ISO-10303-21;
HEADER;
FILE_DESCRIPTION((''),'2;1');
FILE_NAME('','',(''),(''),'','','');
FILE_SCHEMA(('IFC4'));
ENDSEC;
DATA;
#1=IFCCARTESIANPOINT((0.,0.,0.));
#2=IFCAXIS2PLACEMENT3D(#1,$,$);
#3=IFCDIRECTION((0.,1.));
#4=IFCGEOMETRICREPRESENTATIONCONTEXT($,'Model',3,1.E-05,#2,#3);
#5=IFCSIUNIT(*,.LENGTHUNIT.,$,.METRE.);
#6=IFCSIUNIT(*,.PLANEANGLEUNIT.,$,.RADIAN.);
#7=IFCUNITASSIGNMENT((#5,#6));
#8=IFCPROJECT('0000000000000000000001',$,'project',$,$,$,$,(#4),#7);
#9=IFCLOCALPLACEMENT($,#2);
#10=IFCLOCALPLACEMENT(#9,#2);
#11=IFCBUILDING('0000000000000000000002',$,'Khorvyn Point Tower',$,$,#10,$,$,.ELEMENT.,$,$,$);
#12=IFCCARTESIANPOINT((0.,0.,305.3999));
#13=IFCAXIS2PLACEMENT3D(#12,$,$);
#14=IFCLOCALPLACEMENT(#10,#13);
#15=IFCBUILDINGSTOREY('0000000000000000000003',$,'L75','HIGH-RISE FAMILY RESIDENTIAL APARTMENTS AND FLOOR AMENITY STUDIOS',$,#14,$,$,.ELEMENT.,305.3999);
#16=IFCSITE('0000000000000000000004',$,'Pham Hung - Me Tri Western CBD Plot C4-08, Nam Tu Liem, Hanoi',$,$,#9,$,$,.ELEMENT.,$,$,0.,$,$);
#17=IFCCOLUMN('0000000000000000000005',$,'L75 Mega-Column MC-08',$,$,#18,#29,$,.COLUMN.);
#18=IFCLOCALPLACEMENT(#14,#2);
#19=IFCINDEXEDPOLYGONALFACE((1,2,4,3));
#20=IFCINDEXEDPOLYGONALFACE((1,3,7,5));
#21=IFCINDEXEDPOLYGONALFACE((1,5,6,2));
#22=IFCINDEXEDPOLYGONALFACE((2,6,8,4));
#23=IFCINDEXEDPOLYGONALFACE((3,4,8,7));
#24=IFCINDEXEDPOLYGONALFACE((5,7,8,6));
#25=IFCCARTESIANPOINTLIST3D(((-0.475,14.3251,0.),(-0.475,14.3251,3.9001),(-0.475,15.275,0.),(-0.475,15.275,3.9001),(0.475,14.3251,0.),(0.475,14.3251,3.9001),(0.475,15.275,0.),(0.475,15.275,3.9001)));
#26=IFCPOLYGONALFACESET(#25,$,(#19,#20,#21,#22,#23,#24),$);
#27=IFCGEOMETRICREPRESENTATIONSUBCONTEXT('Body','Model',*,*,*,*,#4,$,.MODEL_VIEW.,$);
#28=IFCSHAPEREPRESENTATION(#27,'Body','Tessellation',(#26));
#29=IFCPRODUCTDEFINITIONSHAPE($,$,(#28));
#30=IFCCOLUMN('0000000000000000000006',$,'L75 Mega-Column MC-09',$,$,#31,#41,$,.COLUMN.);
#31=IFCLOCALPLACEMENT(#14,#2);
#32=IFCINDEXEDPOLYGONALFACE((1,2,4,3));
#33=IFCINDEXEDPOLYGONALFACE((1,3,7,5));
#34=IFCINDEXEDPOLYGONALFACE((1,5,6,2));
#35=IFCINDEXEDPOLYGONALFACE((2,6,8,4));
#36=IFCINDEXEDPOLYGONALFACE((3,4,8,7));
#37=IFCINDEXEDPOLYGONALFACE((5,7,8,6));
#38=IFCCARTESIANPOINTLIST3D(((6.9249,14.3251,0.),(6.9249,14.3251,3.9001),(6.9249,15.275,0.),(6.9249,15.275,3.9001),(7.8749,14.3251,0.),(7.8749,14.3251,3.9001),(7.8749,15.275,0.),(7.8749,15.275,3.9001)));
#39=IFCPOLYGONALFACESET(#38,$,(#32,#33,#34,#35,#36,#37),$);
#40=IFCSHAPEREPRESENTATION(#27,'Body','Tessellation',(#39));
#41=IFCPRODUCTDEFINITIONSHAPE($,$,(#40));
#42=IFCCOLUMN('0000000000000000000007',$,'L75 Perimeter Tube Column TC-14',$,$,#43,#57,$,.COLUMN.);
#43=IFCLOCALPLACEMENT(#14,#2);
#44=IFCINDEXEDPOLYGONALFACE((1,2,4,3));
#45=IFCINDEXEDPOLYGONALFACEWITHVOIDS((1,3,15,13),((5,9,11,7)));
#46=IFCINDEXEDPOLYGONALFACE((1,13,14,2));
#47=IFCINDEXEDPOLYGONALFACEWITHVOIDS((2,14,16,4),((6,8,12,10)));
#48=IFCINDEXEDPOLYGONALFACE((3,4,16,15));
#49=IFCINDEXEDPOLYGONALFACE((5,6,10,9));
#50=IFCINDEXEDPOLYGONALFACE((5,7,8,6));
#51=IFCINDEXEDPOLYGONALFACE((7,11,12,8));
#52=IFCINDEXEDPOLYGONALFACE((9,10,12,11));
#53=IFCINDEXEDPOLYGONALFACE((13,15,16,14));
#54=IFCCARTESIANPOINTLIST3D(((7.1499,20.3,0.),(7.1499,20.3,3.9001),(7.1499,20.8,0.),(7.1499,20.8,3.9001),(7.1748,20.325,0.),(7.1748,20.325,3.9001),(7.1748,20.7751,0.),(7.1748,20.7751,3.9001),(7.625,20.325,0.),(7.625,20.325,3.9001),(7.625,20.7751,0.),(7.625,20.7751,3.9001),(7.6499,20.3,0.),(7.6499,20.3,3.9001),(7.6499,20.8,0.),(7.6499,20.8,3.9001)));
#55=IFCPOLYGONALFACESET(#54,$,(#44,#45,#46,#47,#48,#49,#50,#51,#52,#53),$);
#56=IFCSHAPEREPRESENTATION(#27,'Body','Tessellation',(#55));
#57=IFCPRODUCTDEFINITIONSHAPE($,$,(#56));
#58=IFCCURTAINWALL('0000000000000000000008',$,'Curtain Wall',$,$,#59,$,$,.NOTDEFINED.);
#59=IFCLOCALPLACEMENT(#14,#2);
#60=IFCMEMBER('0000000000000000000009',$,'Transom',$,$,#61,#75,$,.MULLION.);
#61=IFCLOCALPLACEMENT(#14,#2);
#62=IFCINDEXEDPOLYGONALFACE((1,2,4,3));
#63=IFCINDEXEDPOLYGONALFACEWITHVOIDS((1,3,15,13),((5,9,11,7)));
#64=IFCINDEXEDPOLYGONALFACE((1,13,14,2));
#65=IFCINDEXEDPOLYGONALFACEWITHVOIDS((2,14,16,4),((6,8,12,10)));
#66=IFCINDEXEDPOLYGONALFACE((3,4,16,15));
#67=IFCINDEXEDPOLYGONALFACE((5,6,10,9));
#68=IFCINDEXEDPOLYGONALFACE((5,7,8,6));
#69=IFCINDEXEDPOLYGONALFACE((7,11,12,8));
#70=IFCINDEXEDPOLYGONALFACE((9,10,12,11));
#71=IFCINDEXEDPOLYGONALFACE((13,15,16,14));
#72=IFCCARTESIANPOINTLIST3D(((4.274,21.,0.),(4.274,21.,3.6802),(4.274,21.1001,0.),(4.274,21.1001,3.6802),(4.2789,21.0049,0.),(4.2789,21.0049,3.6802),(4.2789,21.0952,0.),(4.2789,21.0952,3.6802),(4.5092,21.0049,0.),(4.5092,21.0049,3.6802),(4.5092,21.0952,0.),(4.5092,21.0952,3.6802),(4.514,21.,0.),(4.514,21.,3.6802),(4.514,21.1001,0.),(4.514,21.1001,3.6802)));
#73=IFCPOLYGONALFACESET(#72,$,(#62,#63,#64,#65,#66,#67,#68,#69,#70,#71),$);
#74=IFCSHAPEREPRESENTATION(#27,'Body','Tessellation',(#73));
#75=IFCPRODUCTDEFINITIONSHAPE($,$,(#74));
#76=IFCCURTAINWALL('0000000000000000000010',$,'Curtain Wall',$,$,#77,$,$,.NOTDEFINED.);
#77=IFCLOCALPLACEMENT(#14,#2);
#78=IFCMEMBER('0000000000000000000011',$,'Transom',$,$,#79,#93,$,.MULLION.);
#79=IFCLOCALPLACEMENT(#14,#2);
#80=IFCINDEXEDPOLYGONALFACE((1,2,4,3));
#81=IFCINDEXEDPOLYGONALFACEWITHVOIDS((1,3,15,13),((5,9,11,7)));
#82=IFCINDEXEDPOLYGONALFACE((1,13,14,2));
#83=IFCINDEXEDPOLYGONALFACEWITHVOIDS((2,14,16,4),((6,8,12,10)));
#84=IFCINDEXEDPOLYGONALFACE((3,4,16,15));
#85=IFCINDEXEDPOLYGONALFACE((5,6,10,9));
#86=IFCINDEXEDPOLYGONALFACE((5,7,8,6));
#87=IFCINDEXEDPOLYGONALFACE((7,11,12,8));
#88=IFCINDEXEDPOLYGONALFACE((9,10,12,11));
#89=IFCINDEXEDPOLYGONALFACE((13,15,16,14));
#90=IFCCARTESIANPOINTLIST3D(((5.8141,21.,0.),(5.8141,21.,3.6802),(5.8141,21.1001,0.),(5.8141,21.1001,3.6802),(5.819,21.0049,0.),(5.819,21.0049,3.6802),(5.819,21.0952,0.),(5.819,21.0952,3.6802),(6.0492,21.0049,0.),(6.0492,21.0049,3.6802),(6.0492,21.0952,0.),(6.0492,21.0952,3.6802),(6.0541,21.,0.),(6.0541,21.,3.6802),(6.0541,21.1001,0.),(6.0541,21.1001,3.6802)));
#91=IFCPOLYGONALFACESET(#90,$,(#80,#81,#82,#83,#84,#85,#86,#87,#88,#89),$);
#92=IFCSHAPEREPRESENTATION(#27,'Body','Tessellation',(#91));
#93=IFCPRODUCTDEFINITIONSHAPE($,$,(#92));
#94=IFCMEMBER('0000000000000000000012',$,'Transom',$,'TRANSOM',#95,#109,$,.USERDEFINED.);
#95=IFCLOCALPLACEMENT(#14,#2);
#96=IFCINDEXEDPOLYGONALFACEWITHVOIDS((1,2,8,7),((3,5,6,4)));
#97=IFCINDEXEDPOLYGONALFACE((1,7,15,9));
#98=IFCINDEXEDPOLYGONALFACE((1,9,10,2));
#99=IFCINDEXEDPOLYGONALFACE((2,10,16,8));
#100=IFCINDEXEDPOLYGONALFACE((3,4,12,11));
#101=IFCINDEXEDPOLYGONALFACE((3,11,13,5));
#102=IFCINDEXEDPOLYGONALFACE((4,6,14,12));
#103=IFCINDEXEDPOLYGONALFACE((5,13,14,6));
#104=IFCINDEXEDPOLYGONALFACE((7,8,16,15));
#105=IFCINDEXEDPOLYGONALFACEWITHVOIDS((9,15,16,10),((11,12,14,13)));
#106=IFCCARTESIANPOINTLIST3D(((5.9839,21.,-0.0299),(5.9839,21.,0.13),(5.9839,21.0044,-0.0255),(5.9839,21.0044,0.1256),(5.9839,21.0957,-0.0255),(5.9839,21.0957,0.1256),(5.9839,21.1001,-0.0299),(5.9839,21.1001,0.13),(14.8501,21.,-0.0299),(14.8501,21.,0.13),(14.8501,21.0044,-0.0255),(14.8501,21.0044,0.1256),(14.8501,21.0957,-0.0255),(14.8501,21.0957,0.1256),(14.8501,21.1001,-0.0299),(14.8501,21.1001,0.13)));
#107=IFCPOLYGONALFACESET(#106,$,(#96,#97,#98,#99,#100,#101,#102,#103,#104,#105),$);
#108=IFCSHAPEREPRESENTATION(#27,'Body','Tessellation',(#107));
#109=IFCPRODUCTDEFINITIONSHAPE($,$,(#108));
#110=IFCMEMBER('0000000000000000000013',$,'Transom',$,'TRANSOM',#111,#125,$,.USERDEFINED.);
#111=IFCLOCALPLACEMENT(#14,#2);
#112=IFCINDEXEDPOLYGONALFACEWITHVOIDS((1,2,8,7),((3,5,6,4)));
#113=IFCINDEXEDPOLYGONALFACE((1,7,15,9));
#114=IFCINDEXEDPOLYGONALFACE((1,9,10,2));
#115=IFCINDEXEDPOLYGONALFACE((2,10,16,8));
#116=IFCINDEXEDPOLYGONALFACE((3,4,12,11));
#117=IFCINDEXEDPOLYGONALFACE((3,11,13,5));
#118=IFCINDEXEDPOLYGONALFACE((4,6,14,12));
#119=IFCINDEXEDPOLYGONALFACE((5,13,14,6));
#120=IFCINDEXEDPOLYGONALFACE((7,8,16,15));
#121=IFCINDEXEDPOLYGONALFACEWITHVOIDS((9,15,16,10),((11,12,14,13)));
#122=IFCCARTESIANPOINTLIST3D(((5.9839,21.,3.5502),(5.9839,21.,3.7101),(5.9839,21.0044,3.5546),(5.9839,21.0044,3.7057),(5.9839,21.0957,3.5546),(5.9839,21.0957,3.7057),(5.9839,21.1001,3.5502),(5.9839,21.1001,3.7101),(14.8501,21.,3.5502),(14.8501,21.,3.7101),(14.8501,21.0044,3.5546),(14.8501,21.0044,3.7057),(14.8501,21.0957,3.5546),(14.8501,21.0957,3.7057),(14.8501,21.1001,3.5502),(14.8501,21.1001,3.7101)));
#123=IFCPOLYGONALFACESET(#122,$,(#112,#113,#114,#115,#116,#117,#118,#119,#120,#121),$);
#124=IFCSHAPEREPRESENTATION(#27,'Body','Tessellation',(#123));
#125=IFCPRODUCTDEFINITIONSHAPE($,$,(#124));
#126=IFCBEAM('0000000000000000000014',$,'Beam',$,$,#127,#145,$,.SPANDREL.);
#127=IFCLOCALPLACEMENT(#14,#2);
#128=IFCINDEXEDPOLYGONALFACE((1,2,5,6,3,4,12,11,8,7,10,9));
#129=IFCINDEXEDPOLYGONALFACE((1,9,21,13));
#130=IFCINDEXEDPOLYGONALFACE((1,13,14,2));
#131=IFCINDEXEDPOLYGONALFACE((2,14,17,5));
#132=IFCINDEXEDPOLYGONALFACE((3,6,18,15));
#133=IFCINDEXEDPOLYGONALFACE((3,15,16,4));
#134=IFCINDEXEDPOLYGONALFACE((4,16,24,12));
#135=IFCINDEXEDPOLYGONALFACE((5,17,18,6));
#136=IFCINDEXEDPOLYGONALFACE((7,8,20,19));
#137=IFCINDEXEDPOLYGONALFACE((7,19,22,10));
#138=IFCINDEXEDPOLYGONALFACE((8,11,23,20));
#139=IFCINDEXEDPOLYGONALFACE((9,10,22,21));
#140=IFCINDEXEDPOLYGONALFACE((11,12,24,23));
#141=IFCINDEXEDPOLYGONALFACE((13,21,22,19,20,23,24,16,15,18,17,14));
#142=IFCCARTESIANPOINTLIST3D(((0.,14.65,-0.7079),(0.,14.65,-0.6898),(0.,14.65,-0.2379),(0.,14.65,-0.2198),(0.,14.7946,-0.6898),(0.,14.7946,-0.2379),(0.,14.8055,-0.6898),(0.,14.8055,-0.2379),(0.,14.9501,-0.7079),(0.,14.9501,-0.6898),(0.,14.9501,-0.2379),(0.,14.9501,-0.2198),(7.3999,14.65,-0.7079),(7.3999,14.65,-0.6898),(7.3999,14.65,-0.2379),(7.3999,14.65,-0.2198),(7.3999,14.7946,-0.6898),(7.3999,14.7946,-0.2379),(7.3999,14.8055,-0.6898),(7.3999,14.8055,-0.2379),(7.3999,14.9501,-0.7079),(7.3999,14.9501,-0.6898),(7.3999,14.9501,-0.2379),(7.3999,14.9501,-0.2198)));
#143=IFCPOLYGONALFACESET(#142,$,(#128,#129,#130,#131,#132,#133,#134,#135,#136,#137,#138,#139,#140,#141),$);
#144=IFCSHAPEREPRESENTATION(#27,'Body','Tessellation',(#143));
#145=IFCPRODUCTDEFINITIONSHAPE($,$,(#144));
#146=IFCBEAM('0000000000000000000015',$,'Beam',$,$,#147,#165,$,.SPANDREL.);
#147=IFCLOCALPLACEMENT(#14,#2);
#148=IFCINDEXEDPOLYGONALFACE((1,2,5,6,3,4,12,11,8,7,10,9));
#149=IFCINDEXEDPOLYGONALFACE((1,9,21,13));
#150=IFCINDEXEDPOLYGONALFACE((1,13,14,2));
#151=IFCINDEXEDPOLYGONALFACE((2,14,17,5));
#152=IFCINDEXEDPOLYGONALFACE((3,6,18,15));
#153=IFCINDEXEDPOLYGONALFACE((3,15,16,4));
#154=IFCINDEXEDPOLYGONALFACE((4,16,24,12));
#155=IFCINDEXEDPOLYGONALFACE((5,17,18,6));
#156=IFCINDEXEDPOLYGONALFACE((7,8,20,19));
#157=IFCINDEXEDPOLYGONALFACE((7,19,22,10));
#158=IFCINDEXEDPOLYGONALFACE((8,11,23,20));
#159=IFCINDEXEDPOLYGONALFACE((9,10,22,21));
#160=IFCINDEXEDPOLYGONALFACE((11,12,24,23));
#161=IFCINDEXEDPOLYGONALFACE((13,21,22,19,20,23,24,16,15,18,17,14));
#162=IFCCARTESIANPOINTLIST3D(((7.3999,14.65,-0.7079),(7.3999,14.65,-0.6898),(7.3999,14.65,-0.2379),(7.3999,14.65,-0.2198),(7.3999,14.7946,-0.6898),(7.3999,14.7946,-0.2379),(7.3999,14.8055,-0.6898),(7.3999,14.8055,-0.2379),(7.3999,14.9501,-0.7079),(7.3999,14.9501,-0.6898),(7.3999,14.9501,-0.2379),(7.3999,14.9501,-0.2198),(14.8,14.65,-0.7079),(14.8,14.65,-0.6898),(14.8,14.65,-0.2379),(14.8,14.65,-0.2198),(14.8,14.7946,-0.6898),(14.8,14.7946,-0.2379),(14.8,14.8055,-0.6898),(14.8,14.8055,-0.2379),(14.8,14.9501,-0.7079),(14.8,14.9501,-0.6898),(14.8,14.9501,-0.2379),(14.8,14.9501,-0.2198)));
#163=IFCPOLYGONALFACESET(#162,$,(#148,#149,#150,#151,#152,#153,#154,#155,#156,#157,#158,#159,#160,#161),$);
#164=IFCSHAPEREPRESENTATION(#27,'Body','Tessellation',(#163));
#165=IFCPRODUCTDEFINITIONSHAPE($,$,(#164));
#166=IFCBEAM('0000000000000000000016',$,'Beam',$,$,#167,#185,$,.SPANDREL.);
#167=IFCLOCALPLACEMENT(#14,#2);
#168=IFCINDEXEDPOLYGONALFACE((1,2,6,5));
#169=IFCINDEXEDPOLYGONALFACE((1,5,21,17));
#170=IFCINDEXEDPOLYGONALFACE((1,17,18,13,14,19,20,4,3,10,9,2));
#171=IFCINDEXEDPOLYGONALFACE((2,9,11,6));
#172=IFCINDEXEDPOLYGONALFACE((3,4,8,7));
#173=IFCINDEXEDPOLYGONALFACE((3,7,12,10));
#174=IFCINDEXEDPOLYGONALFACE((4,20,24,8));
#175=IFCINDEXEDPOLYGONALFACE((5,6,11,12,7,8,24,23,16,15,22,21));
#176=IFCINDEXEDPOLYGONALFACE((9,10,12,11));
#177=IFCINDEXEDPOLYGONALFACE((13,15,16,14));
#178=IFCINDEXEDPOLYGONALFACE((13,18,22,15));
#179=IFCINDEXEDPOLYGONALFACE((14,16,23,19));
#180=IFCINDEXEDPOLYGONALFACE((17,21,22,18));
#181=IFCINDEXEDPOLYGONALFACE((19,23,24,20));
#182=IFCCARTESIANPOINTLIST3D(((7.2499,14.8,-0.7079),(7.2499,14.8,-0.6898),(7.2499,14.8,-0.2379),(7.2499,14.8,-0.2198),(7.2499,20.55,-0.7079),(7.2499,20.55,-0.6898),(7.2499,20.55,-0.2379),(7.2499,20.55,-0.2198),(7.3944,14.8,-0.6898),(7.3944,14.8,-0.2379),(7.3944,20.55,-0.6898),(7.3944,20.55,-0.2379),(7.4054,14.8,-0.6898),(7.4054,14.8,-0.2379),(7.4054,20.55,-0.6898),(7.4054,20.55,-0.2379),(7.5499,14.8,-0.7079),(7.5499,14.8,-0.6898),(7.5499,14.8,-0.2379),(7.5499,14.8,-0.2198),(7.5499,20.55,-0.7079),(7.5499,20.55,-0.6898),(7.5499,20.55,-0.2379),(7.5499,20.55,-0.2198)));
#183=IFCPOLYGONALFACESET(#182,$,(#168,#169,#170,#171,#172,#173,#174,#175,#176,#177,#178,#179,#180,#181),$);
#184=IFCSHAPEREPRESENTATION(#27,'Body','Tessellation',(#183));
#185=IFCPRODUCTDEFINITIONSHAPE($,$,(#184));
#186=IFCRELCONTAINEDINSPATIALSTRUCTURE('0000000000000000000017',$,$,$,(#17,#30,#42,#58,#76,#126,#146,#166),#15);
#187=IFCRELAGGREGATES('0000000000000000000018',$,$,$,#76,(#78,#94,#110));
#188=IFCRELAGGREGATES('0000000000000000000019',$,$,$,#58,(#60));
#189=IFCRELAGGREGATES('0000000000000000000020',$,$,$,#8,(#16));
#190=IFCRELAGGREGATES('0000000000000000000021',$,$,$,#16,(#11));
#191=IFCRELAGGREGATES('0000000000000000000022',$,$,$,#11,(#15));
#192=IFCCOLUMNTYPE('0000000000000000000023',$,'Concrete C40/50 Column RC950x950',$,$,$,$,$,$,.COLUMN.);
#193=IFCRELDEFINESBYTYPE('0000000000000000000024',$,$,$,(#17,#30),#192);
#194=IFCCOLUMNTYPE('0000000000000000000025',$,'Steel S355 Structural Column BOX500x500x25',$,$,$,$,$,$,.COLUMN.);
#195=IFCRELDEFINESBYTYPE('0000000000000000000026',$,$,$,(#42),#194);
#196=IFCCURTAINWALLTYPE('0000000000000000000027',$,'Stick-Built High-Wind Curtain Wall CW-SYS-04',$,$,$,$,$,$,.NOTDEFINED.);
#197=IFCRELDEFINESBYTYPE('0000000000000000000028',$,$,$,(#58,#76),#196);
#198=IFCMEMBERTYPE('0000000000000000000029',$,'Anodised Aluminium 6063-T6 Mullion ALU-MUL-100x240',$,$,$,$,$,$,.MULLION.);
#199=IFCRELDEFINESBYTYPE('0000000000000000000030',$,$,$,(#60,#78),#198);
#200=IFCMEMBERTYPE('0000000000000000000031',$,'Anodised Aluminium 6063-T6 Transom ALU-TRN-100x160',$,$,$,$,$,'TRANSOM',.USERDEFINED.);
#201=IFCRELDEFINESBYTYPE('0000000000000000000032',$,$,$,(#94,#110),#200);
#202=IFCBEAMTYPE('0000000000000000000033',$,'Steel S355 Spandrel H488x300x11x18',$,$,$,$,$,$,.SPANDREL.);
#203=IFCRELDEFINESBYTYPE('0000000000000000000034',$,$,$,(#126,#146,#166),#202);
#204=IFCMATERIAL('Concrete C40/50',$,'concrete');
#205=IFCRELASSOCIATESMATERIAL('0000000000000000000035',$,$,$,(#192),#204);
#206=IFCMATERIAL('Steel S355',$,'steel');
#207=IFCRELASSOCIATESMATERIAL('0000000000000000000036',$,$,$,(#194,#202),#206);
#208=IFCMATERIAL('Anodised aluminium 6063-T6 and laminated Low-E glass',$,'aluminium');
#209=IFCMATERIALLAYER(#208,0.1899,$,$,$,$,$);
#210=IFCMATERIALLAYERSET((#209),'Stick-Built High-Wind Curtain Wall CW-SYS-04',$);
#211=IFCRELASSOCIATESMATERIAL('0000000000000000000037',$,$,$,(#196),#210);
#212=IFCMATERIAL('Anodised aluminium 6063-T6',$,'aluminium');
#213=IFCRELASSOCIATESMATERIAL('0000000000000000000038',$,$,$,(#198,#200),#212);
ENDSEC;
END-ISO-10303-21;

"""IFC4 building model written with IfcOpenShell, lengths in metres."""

from ifc_helpers import new_model, si_unit, direction, frame, origin, origin_2d, place, context, subcontext, project, spatial, rectangle, hollow_rectangle, i_section, extrude, material, layer, layer_set, material_profile, profile_set, type_object, element, aggregate, save


model = new_model("IFC4")

# Units and contexts
model_context = context("Model", 3, precision=1e-05, world=origin(), true_north=direction((0.0, 1.0)))
body_context = subcontext(model_context, "Body", "Model", "MODEL_VIEW")
ifc_project = project(units=[si_unit("LENGTHUNIT", "METRE"), si_unit("PLANEANGLEUNIT", "RADIAN")], contexts=[model_context])

# Site, building, storey
site_placement = place(None, origin())
site = spatial("IfcSite", under=ifc_project, at=site_placement, Name="Pham Hung - Me Tri Western CBD Plot C4-08, Nam Tu Liem, Hanoi", CompositionType="ELEMENT", RefElevation=0.0)
building_placement = place(site_placement, origin())
building = spatial("IfcBuilding", under=site, at=building_placement, Name="Khorvyn Point Tower", CompositionType="ELEMENT")
storey_placement = place(building_placement, frame((0.0, 0.0, 305.3999)))
storey = spatial("IfcBuildingStorey", under=building, at=storey_placement, Name="L75", Description="HIGH-RISE FAMILY RESIDENTIAL APARTMENTS AND FLOOR AMENITY STUDIOS", CompositionType="ELEMENT", Elevation=305.3999)

# Columns
ifc_material_1 = material(Name="Concrete C40/50", Category="concrete")
ifc_material_profile_1 = material_profile(ifc_material_1, rectangle(XDim=0.95, YDim=0.95, at=origin_2d()))
ifc_profile_set_1 = profile_set([ifc_material_profile_1], Name="Concrete C40/50 RC950x950")
column_type_1 = type_object("IfcColumnType", Name="Concrete C40/50 Column RC950x950", PredefinedType="COLUMN", material=ifc_profile_set_1)
for number, where, z_axis, x_axis, name in (
    (1, (0.0, 14.8, 0.0), (0.0, 0.0, 1.0), (1.0, 0.0, 0.0), "L75 Mega-Column MC-08"),
    (2, (7.3999, 14.8, 0.0), (0.0, 0.0, 1.0), (1.0, 0.0, 0.0), "L75 Mega-Column MC-09"),
):
    element("IfcColumn", number, at=place(storey_placement, frame(where, z_axis=z_axis, x_axis=x_axis)), inside=storey, type_object=column_type_1, Name=name, PredefinedType="COLUMN", context=body_context, shape_type="SweptSolid", body=[
        extrude(rectangle(XDim=0.95, YDim=0.95, at=origin_2d()), origin(), (0.0, 0.0, 1.0), 3.9001),
    ])
ifc_material_2 = material(Name="Steel S355", Category="steel")
ifc_material_profile_2 = material_profile(ifc_material_2, hollow_rectangle(XDim=0.5, YDim=0.5, WallThickness=0.0249, at=origin_2d()))
ifc_profile_set_2 = profile_set([ifc_material_profile_2], Name="Steel S355 BOX500x500x25")
column_type_2 = type_object("IfcColumnType", Name="Steel S355 Structural Column BOX500x500x25", PredefinedType="COLUMN", material=ifc_profile_set_2)
column_placement = place(storey_placement, frame((7.3999, 20.55, 0.0), z_axis=(0.0, 0.0, 1.0), x_axis=(1.0, 0.0, 0.0)))
element("IfcColumn", 3, at=column_placement, inside=storey, type_object=column_type_2, Name="L75 Perimeter Tube Column TC-14", PredefinedType="COLUMN", context=body_context, shape_type="SweptSolid", body=[
    extrude(hollow_rectangle(XDim=0.5, YDim=0.5, WallThickness=0.0249, at=origin_2d()), origin(), (0.0, 0.0, 1.0), 3.9001),
])

# Curtain wall, member
ifc_material_3 = material(Name="Anodised aluminium 6063-T6 and laminated Low-E glass", Category="aluminium")
ifc_layer_1 = layer(ifc_material_3, 0.1899)
ifc_layer_set_1 = layer_set([ifc_layer_1], Name="Stick-Built High-Wind Curtain Wall CW-SYS-04")
curtain_wall_type = type_object("IfcCurtainWallType", Name="Stick-Built High-Wind Curtain Wall CW-SYS-04", PredefinedType="NOTDEFINED", material=ifc_layer_set_1)
curtain_wall_1_placement = place(storey_placement, origin())
curtain_wall_1 = element("IfcCurtainWall", 4, at=curtain_wall_1_placement, inside=storey, type_object=curtain_wall_type, Name="Curtain Wall", PredefinedType="NOTDEFINED")
ifc_material_4 = material(Name="Anodised aluminium 6063-T6", Category="aluminium")
ifc_material_profile_3 = material_profile(ifc_material_4, hollow_rectangle(XDim=0.1001, YDim=0.24, WallThickness=0.0049, at=origin_2d()))
ifc_profile_set_3 = profile_set([ifc_material_profile_3], Name="Anodised aluminium 6063-T6 ALU-MUL-100x240")
member_type_1 = type_object("IfcMemberType", Name="Anodised Aluminium 6063-T6 Mullion ALU-MUL-100x240", PredefinedType="MULLION", material=ifc_profile_set_3)
member_1_placement = place(storey_placement, frame((4.394, 21.05, 0.0), z_axis=(0.0, 0.0, 1.0), x_axis=(0.0, 1.0, 0.0)))
member_1 = element("IfcMember", 5, at=member_1_placement, type_object=member_type_1, Name="Transom", PredefinedType="MULLION", context=body_context, shape_type="SweptSolid", body=[
    extrude(hollow_rectangle(XDim=0.1001, YDim=0.24, WallThickness=0.0049, at=origin_2d()), origin(), (0.0, 0.0, 1.0), 3.6802),
])

# Curtain wall, members
curtain_wall_2_placement = place(storey_placement, origin())
curtain_wall_2 = element("IfcCurtainWall", 6, at=curtain_wall_2_placement, inside=storey, type_object=curtain_wall_type, Name="Curtain Wall", PredefinedType="NOTDEFINED")
member_2_placement = place(storey_placement, frame((5.9341, 21.05, 0.0), z_axis=(0.0, 0.0, 1.0), x_axis=(0.0, 1.0, 0.0)))
member_2 = element("IfcMember", 7, at=member_2_placement, type_object=member_type_1, Name="Transom", PredefinedType="MULLION", context=body_context, shape_type="SweptSolid", body=[
    extrude(hollow_rectangle(XDim=0.1001, YDim=0.24, WallThickness=0.0049, at=origin_2d()), origin(), (0.0, 0.0, 1.0), 3.6802),
])
ifc_material_profile_4 = material_profile(ifc_material_4, hollow_rectangle(XDim=0.1001, YDim=0.1599, WallThickness=0.0044, at=origin_2d()))
ifc_profile_set_4 = profile_set([ifc_material_profile_4], Name="Anodised aluminium 6063-T6 ALU-TRN-100x160")
member_type_2 = type_object("IfcMemberType", Name="Anodised Aluminium 6063-T6 Transom ALU-TRN-100x160", ElementType="TRANSOM", PredefinedType="USERDEFINED", material=ifc_profile_set_4)
member_3_placement = place(storey_placement, frame((5.9839, 21.05, 0.05), z_axis=(1.0, 0.0, 0.0), x_axis=(0.0, 1.0, 0.0)))
member_3 = element("IfcMember", 8, at=member_3_placement, type_object=member_type_2, Name="Transom", ObjectType="TRANSOM", PredefinedType="USERDEFINED", context=body_context, shape_type="SweptSolid", body=[
    extrude(hollow_rectangle(XDim=0.1001, YDim=0.1599, WallThickness=0.0044, at=origin_2d()), origin(), (0.0, 0.0, 1.0), 8.8662),
])
member_4_placement = place(storey_placement, frame((5.9839, 21.05, 3.6301), z_axis=(1.0, 0.0, 0.0), x_axis=(0.0, 1.0, 0.0)))
member_4 = element("IfcMember", 9, at=member_4_placement, type_object=member_type_2, Name="Transom", ObjectType="TRANSOM", PredefinedType="USERDEFINED", context=body_context, shape_type="SweptSolid", body=[
    extrude(hollow_rectangle(XDim=0.1001, YDim=0.1599, WallThickness=0.0044, at=origin_2d()), origin(), (0.0, 0.0, 1.0), 8.8662),
])
aggregate(curtain_wall_2, [member_2, member_3, member_4])

# Beams
ifc_material_profile_5 = material_profile(ifc_material_2, i_section(OverallWidth=0.3, OverallDepth=0.488, WebThickness=0.011, FlangeThickness=0.0181, at=origin_2d()))
ifc_profile_set_5 = profile_set([ifc_material_profile_5], Name="Steel S355 H488x300x11x18")
beam_type_1 = type_object("IfcBeamType", Name="Steel S355 Spandrel H488x300x11x18", PredefinedType="SPANDREL", material=ifc_profile_set_5)
beam_1_placement = place(storey_placement, frame((0.0, 14.8, -0.4639), z_axis=(1.0, 0.0, 0.0), x_axis=(0.0, 1.0, 0.0)))
element("IfcBeam", 10, at=beam_1_placement, inside=storey, type_object=beam_type_1, Name="Beam", PredefinedType="SPANDREL", context=body_context, shape_type="SweptSolid", body=[
    extrude(i_section(OverallWidth=0.3, OverallDepth=0.488, WebThickness=0.011, FlangeThickness=0.0181, at=origin_2d()), origin(), (0.0, 0.0, 1.0), 7.3999),
])
beam_2_placement = place(storey_placement, frame((7.3999, 14.8, -0.4639), z_axis=(1.0, 0.0, 0.0), x_axis=(0.0, 1.0, 0.0)))
element("IfcBeam", 11, at=beam_2_placement, inside=storey, type_object=beam_type_1, Name="Beam", PredefinedType="SPANDREL", context=body_context, shape_type="SweptSolid", body=[
    extrude(i_section(OverallWidth=0.3, OverallDepth=0.488, WebThickness=0.011, FlangeThickness=0.0181, at=origin_2d()), origin(), (0.0, 0.0, 1.0), 7.4001),
])
beam_3_placement = place(storey_placement, frame((7.3999, 14.8, -0.4639), z_axis=(0.0, 1.0, 0.0), x_axis=(-1.0, 0.0, 0.0)))
element("IfcBeam", 12, at=beam_3_placement, inside=storey, type_object=beam_type_1, Name="Beam", PredefinedType="SPANDREL", context=body_context, shape_type="SweptSolid", body=[
    extrude(i_section(OverallWidth=0.3, OverallDepth=0.488, WebThickness=0.011, FlangeThickness=0.0181, at=origin_2d()), origin(), (0.0, 0.0, 1.0), 5.75),
])

aggregate(curtain_wall_1, [member_1])

save(model, "model.ifc")
